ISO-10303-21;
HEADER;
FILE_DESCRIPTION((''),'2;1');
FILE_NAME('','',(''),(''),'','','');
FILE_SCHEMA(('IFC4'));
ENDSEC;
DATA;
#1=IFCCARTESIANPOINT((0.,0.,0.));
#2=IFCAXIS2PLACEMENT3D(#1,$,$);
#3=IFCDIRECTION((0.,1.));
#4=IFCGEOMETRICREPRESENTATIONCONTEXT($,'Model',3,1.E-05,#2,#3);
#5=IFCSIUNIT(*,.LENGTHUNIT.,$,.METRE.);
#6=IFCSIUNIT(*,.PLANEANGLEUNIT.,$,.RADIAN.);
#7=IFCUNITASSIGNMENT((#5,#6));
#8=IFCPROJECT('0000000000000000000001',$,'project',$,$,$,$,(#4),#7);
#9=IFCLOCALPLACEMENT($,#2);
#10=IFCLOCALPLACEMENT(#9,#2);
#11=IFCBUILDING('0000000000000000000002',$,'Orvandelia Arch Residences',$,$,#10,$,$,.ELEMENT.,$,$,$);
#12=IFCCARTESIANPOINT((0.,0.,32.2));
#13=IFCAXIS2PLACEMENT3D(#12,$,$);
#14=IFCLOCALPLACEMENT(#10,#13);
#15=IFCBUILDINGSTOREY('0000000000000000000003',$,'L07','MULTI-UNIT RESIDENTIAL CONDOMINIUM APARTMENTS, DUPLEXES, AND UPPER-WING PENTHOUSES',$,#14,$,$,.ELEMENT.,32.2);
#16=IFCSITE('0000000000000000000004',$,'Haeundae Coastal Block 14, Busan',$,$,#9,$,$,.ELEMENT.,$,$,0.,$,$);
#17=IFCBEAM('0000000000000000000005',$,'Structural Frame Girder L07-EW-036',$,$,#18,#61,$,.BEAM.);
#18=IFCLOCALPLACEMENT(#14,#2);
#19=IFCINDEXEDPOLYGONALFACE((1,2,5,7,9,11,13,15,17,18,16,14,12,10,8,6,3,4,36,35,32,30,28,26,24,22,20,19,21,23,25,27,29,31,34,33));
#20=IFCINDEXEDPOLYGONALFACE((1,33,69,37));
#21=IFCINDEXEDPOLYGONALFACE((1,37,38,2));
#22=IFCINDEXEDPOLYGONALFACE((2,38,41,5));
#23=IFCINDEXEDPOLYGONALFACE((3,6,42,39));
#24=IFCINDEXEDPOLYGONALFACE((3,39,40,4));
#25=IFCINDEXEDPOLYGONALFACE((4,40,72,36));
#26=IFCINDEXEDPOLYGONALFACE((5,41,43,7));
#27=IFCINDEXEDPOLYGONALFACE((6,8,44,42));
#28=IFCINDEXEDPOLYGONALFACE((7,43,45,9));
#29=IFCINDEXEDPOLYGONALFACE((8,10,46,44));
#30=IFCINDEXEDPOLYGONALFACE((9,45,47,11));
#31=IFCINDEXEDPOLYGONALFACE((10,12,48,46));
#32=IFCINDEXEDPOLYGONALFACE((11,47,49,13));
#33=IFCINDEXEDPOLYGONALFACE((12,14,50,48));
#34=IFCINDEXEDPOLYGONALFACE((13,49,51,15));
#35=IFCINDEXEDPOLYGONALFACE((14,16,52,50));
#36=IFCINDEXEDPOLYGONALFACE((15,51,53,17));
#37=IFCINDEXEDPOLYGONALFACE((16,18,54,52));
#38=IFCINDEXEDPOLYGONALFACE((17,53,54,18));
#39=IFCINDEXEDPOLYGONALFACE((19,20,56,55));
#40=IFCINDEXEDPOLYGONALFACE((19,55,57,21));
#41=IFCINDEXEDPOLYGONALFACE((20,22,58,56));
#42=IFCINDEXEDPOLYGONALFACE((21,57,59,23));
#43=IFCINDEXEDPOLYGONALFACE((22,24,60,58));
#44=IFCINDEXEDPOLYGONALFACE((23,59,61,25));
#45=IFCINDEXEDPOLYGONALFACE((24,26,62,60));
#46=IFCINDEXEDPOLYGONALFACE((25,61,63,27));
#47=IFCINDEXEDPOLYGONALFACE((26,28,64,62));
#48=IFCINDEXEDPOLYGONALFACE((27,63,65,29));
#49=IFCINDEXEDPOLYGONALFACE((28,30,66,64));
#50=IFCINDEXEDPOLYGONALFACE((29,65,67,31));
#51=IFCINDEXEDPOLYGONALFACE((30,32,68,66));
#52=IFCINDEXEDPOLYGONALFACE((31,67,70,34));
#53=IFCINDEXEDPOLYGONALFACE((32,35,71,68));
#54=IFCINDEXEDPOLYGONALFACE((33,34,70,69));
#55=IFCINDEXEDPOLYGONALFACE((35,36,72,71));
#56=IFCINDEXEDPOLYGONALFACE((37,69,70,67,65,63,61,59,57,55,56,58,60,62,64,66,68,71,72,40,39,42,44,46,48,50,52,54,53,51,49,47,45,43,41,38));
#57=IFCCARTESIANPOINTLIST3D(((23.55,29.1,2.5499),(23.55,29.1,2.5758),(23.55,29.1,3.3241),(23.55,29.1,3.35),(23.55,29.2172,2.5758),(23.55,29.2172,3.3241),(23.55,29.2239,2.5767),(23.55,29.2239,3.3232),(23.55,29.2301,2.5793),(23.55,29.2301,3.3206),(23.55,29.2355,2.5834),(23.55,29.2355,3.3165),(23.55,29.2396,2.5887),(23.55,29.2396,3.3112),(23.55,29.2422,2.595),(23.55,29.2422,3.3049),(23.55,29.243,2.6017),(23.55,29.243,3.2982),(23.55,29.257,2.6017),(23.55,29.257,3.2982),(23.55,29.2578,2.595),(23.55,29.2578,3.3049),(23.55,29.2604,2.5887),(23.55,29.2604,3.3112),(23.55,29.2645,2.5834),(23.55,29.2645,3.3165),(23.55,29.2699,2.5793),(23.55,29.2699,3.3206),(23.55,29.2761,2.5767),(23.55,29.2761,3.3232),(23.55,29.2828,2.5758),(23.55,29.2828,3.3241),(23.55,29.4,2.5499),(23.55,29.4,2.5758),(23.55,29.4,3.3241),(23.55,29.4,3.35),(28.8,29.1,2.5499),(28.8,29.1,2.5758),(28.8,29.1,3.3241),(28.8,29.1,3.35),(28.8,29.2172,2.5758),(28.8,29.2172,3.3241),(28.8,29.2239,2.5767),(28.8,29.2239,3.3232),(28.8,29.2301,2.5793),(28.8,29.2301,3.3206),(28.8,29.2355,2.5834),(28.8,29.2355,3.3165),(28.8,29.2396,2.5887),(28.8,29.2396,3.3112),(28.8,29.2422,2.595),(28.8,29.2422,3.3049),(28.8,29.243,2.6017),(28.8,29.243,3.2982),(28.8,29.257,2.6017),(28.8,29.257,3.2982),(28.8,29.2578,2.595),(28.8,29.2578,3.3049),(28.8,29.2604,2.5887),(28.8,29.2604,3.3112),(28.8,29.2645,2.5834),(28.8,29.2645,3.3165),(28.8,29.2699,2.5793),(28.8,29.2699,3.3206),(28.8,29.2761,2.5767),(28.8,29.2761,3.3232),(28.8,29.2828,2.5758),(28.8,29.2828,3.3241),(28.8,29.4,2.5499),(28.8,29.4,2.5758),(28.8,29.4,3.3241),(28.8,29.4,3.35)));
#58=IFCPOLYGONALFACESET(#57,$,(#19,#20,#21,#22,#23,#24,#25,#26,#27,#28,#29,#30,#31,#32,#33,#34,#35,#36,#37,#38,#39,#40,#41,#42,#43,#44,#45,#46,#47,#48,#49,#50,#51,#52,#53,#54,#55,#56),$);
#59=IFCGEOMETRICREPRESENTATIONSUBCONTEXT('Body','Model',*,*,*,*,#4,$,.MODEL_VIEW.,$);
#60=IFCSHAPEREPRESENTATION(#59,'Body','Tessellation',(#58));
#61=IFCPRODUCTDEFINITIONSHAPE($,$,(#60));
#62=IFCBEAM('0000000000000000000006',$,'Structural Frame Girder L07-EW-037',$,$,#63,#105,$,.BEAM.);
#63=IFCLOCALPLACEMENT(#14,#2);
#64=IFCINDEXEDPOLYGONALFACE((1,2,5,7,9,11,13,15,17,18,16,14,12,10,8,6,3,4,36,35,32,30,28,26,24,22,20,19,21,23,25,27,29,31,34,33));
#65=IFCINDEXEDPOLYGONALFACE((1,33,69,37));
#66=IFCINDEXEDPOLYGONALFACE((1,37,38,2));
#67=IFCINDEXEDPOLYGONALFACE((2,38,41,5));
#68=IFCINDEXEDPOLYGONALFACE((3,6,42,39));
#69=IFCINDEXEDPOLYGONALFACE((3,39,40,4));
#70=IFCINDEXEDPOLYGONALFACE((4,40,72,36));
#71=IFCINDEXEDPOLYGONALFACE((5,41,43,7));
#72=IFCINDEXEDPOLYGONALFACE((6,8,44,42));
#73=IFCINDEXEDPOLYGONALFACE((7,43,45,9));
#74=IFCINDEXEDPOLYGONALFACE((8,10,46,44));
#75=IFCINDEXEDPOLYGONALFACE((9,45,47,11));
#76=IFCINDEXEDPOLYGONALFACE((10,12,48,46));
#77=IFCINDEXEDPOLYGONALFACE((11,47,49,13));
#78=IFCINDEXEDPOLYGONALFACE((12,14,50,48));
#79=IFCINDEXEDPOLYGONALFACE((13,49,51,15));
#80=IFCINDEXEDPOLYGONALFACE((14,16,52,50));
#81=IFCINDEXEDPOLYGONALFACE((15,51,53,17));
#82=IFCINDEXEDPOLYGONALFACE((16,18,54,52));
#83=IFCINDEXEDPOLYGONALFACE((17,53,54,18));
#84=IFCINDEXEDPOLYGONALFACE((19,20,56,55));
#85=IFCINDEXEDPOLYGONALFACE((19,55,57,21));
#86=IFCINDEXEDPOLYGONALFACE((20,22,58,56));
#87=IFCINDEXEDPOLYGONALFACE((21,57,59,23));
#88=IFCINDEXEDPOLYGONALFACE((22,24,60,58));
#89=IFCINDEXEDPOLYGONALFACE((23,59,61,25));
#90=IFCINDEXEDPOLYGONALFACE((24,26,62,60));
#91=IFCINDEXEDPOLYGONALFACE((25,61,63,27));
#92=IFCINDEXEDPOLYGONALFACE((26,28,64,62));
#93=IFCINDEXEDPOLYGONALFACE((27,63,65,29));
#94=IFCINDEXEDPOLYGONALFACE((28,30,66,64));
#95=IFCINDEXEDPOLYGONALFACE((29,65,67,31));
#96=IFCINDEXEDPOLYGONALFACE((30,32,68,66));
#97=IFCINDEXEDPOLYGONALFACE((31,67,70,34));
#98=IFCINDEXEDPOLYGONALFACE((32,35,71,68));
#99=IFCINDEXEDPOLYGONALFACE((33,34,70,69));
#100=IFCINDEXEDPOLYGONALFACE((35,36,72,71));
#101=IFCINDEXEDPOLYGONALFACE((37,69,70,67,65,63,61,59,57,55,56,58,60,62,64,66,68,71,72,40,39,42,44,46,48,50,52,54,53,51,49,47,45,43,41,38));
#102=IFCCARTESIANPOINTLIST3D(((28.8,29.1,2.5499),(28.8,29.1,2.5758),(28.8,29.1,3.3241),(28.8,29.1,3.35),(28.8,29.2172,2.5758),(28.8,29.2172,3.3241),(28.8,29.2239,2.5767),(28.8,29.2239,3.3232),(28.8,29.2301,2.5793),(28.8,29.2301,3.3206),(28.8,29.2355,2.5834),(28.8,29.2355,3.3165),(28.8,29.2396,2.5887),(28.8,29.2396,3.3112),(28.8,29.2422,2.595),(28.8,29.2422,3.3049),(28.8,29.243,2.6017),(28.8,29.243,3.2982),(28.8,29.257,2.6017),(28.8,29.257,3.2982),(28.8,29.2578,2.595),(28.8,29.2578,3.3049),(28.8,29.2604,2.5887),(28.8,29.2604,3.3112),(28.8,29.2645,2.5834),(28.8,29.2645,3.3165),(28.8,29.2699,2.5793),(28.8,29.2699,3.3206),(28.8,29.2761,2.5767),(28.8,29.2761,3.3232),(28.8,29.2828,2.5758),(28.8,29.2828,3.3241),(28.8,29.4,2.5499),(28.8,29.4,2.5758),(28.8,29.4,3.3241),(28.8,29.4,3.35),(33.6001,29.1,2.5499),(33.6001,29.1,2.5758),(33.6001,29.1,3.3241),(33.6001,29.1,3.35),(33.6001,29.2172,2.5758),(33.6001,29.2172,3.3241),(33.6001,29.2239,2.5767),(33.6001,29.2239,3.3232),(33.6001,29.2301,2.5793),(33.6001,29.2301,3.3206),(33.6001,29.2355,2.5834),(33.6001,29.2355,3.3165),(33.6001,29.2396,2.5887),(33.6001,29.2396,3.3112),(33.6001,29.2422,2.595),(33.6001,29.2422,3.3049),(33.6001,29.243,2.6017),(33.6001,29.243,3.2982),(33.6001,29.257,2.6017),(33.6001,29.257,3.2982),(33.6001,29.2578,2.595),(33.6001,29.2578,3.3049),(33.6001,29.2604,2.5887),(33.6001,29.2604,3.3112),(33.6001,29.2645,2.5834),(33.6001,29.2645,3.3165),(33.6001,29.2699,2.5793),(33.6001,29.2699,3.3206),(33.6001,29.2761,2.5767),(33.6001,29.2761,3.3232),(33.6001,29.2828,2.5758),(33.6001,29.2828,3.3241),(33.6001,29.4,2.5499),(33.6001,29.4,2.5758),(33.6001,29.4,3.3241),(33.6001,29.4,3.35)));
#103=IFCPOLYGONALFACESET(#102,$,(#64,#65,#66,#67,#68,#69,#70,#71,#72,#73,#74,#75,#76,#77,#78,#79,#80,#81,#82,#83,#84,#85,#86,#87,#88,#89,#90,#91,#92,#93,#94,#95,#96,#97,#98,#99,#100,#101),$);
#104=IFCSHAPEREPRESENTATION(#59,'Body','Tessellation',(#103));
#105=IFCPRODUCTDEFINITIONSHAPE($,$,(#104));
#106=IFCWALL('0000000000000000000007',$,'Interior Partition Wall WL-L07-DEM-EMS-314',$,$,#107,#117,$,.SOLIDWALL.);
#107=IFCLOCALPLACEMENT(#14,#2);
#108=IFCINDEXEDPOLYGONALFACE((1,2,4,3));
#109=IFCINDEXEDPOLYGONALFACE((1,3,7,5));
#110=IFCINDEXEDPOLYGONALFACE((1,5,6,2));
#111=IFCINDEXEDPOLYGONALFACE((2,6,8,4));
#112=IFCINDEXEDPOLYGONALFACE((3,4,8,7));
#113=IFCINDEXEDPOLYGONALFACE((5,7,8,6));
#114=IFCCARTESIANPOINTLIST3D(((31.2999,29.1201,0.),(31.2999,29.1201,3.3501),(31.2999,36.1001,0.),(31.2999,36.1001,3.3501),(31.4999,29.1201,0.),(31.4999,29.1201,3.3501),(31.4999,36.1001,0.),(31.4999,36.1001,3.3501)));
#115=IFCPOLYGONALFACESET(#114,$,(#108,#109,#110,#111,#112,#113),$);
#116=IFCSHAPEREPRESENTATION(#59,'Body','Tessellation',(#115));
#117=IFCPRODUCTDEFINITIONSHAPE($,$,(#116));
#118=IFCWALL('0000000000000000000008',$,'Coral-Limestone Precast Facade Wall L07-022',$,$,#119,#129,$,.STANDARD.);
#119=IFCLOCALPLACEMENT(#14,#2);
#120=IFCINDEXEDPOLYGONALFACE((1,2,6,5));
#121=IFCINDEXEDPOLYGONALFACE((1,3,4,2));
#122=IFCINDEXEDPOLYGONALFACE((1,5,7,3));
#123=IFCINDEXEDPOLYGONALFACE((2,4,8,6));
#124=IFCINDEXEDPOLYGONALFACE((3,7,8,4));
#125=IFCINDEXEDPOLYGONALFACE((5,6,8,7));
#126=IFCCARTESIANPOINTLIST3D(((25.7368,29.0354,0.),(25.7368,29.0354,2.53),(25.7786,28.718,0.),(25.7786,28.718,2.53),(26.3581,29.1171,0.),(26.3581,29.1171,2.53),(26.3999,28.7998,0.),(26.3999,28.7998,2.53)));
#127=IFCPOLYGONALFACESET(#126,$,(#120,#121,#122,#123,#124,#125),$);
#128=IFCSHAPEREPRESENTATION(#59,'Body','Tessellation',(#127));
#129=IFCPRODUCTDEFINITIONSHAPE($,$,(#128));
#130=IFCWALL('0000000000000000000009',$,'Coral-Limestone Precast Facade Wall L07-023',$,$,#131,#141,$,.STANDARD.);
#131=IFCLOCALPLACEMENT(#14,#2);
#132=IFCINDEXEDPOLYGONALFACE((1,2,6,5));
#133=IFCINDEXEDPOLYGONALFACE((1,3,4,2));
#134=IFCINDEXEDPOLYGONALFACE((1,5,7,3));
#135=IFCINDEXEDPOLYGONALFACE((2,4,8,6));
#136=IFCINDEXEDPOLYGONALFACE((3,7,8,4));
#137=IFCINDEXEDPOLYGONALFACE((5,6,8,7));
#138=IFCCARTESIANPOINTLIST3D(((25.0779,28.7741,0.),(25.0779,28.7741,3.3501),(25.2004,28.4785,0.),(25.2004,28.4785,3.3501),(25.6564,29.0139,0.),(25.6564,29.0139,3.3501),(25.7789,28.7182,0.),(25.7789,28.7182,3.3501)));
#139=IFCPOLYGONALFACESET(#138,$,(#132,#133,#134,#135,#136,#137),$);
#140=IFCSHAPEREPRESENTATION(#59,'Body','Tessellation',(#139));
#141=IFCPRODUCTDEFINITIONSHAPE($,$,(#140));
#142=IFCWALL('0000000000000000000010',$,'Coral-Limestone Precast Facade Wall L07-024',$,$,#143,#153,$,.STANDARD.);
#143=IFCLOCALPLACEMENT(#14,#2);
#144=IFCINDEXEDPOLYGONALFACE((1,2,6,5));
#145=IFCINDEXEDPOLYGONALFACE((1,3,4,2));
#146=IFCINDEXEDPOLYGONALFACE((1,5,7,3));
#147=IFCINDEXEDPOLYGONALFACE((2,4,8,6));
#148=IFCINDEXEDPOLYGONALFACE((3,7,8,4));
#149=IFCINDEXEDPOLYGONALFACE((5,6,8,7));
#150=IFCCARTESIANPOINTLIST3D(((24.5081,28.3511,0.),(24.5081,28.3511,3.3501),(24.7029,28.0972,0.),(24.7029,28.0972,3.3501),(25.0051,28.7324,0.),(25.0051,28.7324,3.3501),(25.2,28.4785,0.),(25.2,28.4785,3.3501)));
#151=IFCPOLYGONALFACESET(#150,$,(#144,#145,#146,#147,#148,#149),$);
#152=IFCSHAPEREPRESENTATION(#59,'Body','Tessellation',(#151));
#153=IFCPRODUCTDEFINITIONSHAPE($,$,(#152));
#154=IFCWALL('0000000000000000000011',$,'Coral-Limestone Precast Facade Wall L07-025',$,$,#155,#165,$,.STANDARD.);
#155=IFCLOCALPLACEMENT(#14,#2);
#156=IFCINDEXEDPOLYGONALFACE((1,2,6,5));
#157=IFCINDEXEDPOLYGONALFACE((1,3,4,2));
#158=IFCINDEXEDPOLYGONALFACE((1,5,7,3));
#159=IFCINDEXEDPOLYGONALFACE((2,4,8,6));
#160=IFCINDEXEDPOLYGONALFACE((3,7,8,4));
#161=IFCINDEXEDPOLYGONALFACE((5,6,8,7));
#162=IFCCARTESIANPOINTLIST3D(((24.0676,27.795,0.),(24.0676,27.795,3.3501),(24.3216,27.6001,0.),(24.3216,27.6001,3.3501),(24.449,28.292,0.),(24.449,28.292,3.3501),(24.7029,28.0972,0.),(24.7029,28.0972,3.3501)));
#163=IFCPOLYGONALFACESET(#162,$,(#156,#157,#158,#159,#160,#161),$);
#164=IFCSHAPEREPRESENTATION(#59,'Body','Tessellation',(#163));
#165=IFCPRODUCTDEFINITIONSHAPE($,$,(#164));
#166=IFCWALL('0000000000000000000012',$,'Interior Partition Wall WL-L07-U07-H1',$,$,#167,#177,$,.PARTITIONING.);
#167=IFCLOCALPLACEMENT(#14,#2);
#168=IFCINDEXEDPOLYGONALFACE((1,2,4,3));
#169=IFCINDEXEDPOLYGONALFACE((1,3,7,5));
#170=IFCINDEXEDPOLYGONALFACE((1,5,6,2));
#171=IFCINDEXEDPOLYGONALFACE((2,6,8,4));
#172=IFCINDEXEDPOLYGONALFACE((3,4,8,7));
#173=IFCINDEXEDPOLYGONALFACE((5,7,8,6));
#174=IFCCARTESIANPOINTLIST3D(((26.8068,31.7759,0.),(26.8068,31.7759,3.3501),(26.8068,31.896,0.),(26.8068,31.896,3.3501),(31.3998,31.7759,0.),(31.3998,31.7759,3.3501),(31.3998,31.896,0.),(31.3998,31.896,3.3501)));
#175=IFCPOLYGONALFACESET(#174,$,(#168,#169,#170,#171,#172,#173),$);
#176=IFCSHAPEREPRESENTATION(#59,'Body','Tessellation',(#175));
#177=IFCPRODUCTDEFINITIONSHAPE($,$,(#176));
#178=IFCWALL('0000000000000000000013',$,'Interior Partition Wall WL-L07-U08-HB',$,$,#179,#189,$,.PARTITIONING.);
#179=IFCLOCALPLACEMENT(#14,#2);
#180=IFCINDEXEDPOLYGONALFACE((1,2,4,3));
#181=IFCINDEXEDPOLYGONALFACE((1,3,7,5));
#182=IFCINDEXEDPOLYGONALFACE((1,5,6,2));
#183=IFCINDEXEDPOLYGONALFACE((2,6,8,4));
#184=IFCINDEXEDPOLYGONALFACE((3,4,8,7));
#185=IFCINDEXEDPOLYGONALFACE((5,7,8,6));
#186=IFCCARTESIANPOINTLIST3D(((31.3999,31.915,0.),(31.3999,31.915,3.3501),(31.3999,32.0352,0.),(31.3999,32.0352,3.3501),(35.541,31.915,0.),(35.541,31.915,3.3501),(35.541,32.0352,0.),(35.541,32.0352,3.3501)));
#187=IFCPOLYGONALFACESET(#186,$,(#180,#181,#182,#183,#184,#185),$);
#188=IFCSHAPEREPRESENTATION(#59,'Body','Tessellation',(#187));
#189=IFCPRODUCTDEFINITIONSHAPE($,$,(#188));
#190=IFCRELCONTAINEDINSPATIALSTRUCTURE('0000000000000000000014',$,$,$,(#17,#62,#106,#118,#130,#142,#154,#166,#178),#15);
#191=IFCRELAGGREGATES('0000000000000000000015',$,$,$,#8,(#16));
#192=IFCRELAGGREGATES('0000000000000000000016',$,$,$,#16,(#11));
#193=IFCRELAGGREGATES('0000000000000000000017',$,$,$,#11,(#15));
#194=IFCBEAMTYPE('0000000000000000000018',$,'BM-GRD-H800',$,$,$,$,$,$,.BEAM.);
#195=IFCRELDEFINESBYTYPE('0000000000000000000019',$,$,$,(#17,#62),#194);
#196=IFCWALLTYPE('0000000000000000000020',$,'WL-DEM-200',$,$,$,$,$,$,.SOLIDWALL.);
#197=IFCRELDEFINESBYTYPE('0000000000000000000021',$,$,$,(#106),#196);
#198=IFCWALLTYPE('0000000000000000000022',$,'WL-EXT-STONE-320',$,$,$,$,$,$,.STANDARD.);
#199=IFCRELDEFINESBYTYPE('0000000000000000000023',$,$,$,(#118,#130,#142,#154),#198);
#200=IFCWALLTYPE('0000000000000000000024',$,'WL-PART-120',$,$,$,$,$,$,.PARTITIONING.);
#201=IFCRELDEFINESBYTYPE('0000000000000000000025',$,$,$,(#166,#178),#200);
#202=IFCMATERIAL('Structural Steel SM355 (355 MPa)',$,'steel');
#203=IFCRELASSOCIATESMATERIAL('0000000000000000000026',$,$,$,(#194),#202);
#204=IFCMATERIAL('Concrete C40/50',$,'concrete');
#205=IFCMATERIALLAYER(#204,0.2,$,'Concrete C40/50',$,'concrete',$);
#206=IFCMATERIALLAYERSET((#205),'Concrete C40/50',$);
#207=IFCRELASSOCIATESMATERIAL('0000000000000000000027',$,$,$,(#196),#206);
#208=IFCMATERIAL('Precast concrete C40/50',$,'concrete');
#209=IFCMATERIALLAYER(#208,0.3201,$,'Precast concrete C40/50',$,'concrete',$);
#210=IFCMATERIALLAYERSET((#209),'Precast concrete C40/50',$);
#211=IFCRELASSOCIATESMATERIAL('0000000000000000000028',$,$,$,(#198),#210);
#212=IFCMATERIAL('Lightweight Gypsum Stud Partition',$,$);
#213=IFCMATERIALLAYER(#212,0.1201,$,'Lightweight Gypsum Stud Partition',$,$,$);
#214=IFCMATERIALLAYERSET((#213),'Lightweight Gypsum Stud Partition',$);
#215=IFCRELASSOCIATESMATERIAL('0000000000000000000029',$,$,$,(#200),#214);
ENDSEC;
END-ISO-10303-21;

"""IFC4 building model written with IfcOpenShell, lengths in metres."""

from ifc_helpers import new_model, si_unit, direction, frame, frame_2d, origin, origin_2d, place, context, subcontext, project, spatial, rectangle, i_section, extrude, material, layer, layer_set, material_profile, profile_set, type_object, element, save


model = new_model("IFC4")

# Units and contexts
model_context = context("Model", 3, precision=1e-05, world=origin(), true_north=direction((0.0, 1.0)))
body_context = subcontext(model_context, "Body", "Model", "MODEL_VIEW")
ifc_project = project(units=[si_unit("LENGTHUNIT", "METRE"), si_unit("PLANEANGLEUNIT", "RADIAN")], contexts=[model_context])

# Site, building, storey
site_placement = place(None, origin())
site = spatial("IfcSite", under=ifc_project, at=site_placement, Name="Haeundae Coastal Block 14, Busan", CompositionType="ELEMENT", RefElevation=0.0)
building_placement = place(site_placement, origin())
building = spatial("IfcBuilding", under=site, at=building_placement, Name="Orvandelia Arch Residences", CompositionType="ELEMENT")
storey_placement = place(building_placement, frame((0.0, 0.0, 32.2)))
storey = spatial("IfcBuildingStorey", under=building, at=storey_placement, Name="L07", Description="MULTI-UNIT RESIDENTIAL CONDOMINIUM APARTMENTS, DUPLEXES, AND UPPER-WING PENTHOUSES", CompositionType="ELEMENT", Elevation=32.2)

# Beams
ifc_material_1 = material(Name="Structural Steel SM355 (355 MPa)", Category="steel")
ifc_material_profile_1 = material_profile(ifc_material_1, i_section(OverallWidth=0.3, OverallDepth=0.8, WebThickness=0.0139, FlangeThickness=0.0259, FilletRadius=0.0259, at=origin_2d()), Name="Structural Steel SM355 (355 MPa)", Category="steel")
ifc_profile_set_1 = profile_set([ifc_material_profile_1], Name="Structural Steel SM355 (355 MPa)")
beam_type = type_object("IfcBeamType", Name="BM-GRD-H800", PredefinedType="BEAM", material=ifc_profile_set_1)
beam_1_placement = place(storey_placement, frame((23.55, 29.25, 2.95), z_axis=(1.0, 0.0, 0.0), x_axis=(0.0, 1.0, 0.0)))
element("IfcBeam", 1, at=beam_1_placement, inside=storey, type_object=beam_type, Name="Structural Frame Girder L07-EW-036", PredefinedType="BEAM", context=body_context, shape_type="SweptSolid", body=[
    extrude(i_section(OverallWidth=0.3, OverallDepth=0.8, WebThickness=0.0139, FlangeThickness=0.0259, FilletRadius=0.0259, at=origin_2d()), origin(), (0.0, 0.0, 1.0), 5.25),
])
beam_2_placement = place(storey_placement, frame((28.8, 29.25, 2.95), z_axis=(1.0, 0.0, 0.0), x_axis=(0.0, 1.0, 0.0)))
element("IfcBeam", 2, at=beam_2_placement, inside=storey, type_object=beam_type, Name="Structural Frame Girder L07-EW-037", PredefinedType="BEAM", context=body_context, shape_type="SweptSolid", body=[
    extrude(i_section(OverallWidth=0.3, OverallDepth=0.8, WebThickness=0.0139, FlangeThickness=0.0259, FilletRadius=0.0259, at=origin_2d()), origin(), (0.0, 0.0, 1.0), 4.8),
])

# Walls
ifc_material_2 = material(Name="Concrete C40/50", Category="concrete")
ifc_layer_1 = layer(ifc_material_2, 0.2, Name="Concrete C40/50", Category="concrete")
ifc_layer_set_1 = layer_set([ifc_layer_1], Name="Concrete C40/50")
wall_type_1 = type_object("IfcWallType", Name="WL-DEM-200", PredefinedType="SOLIDWALL", material=ifc_layer_set_1)
wall_1_placement = place(storey_placement, frame((31.3999, 29.1201, 0.0), z_axis=(0.0, 0.0, 1.0), x_axis=(0.0, 1.0, 0.0)))
element("IfcWall", 3, at=wall_1_placement, inside=storey, type_object=wall_type_1, Name="Interior Partition Wall WL-L07-DEM-EMS-314", PredefinedType="SOLIDWALL", context=body_context, shape_type="SweptSolid", body=[
    extrude(rectangle(XDim=6.98, YDim=0.2, at=frame_2d((3.49, 0.0))), origin(), (0.0, 0.0, 1.0), 3.3501),
])
ifc_material_3 = material(Name="Precast concrete C40/50", Category="concrete")
ifc_layer_2 = layer(ifc_material_3, 0.3201, Name="Precast concrete C40/50", Category="concrete")
ifc_layer_set_2 = layer_set([ifc_layer_2], Name="Precast concrete C40/50")
wall_type_2 = type_object("IfcWallType", Name="WL-EXT-STONE-320", PredefinedType="STANDARD", material=ifc_layer_set_2)
wall_2_placement = place(storey_placement, frame((26.3792, 28.9585, 0.0), z_axis=(0.0, 0.0, 1.0), x_axis=(-0.991448, -0.130505, 0.0)))
element("IfcWall", 4, at=wall_2_placement, inside=storey, type_object=wall_type_2, Name="Coral-Limestone Precast Facade Wall L07-022", PredefinedType="STANDARD", context=body_context, shape_type="SweptSolid", body=[
    extrude(rectangle(XDim=0.6267, YDim=0.3201, at=frame_2d((0.3135, 0.0))), origin(), (0.0, 0.0, 1.0), 2.53),
])
wall_3_placement = place(storey_placement, frame((25.7175, 28.866, 0.0), z_axis=(0.0, 0.0, 1.0), x_axis=(-0.923836, -0.382788, 0.0)))
element("IfcWall", 5, at=wall_3_placement, inside=storey, type_object=wall_type_2, Name="Coral-Limestone Precast Facade Wall L07-023", PredefinedType="STANDARD", context=body_context, shape_type="SweptSolid", body=[
    extrude(rectangle(XDim=0.6262, YDim=0.3201, at=frame_2d((0.313, 0.0))), origin(), (0.0, 0.0, 1.0), 3.3501),
])
for number, where, z_axis, x_axis, name in (
    (6, (25.1025, 28.6055, 0.0), (0.0, 0.0, 1.0), (-0.793406, -0.608693, 0.0), "Coral-Limestone Precast Facade Wall L07-024"),
    (7, (24.5759, 28.1946, 0.0), (0.0, 0.0, 1.0), (-0.608693, -0.793406, 0.0), "Coral-Limestone Precast Facade Wall L07-025"),
):
    element("IfcWall", number, at=place(storey_placement, frame(where, z_axis=z_axis, x_axis=x_axis)), inside=storey, type_object=wall_type_2, Name=name, PredefinedType="STANDARD", context=body_context, shape_type="SweptSolid", body=[
        extrude(rectangle(XDim=0.6265, YDim=0.3201, at=frame_2d((0.3132, 0.0))), origin(), (0.0, 0.0, 1.0), 3.3501),
    ])
ifc_material_4 = material(Name="Lightweight Gypsum Stud Partition")
ifc_layer_3 = layer(ifc_material_4, 0.1201, Name="Lightweight Gypsum Stud Partition")
ifc_layer_set_3 = layer_set([ifc_layer_3], Name="Lightweight Gypsum Stud Partition")
wall_type_3 = type_object("IfcWallType", Name="WL-PART-120", PredefinedType="PARTITIONING", material=ifc_layer_set_3)
wall_4_placement = place(storey_placement, frame((26.8069, 31.8359, 0.0), z_axis=(0.0, 0.0, 1.0), x_axis=(1.0, 0.0, 0.0)))
element("IfcWall", 8, at=wall_4_placement, inside=storey, type_object=wall_type_3, Name="Interior Partition Wall WL-L07-U07-H1", PredefinedType="PARTITIONING", context=body_context, shape_type="SweptSolid", body=[
    extrude(rectangle(XDim=4.593, YDim=0.1201, at=frame_2d((2.2964, 0.0))), origin(), (0.0, 0.0, 1.0), 3.3501),
])
wall_5_placement = place(storey_placement, frame((31.3999, 31.9751, 0.0), z_axis=(0.0, 0.0, 1.0), x_axis=(1.0, 0.0, 0.0)))
element("IfcWall", 9, at=wall_5_placement, inside=storey, type_object=wall_type_3, Name="Interior Partition Wall WL-L07-U08-HB", PredefinedType="PARTITIONING", context=body_context, shape_type="SweptSolid", body=[
    extrude(rectangle(XDim=4.1411, YDim=0.1201, at=frame_2d((2.0706, 0.0))), origin(), (0.0, 0.0, 1.0), 3.3501),
])

save(model, "model.ifc")
